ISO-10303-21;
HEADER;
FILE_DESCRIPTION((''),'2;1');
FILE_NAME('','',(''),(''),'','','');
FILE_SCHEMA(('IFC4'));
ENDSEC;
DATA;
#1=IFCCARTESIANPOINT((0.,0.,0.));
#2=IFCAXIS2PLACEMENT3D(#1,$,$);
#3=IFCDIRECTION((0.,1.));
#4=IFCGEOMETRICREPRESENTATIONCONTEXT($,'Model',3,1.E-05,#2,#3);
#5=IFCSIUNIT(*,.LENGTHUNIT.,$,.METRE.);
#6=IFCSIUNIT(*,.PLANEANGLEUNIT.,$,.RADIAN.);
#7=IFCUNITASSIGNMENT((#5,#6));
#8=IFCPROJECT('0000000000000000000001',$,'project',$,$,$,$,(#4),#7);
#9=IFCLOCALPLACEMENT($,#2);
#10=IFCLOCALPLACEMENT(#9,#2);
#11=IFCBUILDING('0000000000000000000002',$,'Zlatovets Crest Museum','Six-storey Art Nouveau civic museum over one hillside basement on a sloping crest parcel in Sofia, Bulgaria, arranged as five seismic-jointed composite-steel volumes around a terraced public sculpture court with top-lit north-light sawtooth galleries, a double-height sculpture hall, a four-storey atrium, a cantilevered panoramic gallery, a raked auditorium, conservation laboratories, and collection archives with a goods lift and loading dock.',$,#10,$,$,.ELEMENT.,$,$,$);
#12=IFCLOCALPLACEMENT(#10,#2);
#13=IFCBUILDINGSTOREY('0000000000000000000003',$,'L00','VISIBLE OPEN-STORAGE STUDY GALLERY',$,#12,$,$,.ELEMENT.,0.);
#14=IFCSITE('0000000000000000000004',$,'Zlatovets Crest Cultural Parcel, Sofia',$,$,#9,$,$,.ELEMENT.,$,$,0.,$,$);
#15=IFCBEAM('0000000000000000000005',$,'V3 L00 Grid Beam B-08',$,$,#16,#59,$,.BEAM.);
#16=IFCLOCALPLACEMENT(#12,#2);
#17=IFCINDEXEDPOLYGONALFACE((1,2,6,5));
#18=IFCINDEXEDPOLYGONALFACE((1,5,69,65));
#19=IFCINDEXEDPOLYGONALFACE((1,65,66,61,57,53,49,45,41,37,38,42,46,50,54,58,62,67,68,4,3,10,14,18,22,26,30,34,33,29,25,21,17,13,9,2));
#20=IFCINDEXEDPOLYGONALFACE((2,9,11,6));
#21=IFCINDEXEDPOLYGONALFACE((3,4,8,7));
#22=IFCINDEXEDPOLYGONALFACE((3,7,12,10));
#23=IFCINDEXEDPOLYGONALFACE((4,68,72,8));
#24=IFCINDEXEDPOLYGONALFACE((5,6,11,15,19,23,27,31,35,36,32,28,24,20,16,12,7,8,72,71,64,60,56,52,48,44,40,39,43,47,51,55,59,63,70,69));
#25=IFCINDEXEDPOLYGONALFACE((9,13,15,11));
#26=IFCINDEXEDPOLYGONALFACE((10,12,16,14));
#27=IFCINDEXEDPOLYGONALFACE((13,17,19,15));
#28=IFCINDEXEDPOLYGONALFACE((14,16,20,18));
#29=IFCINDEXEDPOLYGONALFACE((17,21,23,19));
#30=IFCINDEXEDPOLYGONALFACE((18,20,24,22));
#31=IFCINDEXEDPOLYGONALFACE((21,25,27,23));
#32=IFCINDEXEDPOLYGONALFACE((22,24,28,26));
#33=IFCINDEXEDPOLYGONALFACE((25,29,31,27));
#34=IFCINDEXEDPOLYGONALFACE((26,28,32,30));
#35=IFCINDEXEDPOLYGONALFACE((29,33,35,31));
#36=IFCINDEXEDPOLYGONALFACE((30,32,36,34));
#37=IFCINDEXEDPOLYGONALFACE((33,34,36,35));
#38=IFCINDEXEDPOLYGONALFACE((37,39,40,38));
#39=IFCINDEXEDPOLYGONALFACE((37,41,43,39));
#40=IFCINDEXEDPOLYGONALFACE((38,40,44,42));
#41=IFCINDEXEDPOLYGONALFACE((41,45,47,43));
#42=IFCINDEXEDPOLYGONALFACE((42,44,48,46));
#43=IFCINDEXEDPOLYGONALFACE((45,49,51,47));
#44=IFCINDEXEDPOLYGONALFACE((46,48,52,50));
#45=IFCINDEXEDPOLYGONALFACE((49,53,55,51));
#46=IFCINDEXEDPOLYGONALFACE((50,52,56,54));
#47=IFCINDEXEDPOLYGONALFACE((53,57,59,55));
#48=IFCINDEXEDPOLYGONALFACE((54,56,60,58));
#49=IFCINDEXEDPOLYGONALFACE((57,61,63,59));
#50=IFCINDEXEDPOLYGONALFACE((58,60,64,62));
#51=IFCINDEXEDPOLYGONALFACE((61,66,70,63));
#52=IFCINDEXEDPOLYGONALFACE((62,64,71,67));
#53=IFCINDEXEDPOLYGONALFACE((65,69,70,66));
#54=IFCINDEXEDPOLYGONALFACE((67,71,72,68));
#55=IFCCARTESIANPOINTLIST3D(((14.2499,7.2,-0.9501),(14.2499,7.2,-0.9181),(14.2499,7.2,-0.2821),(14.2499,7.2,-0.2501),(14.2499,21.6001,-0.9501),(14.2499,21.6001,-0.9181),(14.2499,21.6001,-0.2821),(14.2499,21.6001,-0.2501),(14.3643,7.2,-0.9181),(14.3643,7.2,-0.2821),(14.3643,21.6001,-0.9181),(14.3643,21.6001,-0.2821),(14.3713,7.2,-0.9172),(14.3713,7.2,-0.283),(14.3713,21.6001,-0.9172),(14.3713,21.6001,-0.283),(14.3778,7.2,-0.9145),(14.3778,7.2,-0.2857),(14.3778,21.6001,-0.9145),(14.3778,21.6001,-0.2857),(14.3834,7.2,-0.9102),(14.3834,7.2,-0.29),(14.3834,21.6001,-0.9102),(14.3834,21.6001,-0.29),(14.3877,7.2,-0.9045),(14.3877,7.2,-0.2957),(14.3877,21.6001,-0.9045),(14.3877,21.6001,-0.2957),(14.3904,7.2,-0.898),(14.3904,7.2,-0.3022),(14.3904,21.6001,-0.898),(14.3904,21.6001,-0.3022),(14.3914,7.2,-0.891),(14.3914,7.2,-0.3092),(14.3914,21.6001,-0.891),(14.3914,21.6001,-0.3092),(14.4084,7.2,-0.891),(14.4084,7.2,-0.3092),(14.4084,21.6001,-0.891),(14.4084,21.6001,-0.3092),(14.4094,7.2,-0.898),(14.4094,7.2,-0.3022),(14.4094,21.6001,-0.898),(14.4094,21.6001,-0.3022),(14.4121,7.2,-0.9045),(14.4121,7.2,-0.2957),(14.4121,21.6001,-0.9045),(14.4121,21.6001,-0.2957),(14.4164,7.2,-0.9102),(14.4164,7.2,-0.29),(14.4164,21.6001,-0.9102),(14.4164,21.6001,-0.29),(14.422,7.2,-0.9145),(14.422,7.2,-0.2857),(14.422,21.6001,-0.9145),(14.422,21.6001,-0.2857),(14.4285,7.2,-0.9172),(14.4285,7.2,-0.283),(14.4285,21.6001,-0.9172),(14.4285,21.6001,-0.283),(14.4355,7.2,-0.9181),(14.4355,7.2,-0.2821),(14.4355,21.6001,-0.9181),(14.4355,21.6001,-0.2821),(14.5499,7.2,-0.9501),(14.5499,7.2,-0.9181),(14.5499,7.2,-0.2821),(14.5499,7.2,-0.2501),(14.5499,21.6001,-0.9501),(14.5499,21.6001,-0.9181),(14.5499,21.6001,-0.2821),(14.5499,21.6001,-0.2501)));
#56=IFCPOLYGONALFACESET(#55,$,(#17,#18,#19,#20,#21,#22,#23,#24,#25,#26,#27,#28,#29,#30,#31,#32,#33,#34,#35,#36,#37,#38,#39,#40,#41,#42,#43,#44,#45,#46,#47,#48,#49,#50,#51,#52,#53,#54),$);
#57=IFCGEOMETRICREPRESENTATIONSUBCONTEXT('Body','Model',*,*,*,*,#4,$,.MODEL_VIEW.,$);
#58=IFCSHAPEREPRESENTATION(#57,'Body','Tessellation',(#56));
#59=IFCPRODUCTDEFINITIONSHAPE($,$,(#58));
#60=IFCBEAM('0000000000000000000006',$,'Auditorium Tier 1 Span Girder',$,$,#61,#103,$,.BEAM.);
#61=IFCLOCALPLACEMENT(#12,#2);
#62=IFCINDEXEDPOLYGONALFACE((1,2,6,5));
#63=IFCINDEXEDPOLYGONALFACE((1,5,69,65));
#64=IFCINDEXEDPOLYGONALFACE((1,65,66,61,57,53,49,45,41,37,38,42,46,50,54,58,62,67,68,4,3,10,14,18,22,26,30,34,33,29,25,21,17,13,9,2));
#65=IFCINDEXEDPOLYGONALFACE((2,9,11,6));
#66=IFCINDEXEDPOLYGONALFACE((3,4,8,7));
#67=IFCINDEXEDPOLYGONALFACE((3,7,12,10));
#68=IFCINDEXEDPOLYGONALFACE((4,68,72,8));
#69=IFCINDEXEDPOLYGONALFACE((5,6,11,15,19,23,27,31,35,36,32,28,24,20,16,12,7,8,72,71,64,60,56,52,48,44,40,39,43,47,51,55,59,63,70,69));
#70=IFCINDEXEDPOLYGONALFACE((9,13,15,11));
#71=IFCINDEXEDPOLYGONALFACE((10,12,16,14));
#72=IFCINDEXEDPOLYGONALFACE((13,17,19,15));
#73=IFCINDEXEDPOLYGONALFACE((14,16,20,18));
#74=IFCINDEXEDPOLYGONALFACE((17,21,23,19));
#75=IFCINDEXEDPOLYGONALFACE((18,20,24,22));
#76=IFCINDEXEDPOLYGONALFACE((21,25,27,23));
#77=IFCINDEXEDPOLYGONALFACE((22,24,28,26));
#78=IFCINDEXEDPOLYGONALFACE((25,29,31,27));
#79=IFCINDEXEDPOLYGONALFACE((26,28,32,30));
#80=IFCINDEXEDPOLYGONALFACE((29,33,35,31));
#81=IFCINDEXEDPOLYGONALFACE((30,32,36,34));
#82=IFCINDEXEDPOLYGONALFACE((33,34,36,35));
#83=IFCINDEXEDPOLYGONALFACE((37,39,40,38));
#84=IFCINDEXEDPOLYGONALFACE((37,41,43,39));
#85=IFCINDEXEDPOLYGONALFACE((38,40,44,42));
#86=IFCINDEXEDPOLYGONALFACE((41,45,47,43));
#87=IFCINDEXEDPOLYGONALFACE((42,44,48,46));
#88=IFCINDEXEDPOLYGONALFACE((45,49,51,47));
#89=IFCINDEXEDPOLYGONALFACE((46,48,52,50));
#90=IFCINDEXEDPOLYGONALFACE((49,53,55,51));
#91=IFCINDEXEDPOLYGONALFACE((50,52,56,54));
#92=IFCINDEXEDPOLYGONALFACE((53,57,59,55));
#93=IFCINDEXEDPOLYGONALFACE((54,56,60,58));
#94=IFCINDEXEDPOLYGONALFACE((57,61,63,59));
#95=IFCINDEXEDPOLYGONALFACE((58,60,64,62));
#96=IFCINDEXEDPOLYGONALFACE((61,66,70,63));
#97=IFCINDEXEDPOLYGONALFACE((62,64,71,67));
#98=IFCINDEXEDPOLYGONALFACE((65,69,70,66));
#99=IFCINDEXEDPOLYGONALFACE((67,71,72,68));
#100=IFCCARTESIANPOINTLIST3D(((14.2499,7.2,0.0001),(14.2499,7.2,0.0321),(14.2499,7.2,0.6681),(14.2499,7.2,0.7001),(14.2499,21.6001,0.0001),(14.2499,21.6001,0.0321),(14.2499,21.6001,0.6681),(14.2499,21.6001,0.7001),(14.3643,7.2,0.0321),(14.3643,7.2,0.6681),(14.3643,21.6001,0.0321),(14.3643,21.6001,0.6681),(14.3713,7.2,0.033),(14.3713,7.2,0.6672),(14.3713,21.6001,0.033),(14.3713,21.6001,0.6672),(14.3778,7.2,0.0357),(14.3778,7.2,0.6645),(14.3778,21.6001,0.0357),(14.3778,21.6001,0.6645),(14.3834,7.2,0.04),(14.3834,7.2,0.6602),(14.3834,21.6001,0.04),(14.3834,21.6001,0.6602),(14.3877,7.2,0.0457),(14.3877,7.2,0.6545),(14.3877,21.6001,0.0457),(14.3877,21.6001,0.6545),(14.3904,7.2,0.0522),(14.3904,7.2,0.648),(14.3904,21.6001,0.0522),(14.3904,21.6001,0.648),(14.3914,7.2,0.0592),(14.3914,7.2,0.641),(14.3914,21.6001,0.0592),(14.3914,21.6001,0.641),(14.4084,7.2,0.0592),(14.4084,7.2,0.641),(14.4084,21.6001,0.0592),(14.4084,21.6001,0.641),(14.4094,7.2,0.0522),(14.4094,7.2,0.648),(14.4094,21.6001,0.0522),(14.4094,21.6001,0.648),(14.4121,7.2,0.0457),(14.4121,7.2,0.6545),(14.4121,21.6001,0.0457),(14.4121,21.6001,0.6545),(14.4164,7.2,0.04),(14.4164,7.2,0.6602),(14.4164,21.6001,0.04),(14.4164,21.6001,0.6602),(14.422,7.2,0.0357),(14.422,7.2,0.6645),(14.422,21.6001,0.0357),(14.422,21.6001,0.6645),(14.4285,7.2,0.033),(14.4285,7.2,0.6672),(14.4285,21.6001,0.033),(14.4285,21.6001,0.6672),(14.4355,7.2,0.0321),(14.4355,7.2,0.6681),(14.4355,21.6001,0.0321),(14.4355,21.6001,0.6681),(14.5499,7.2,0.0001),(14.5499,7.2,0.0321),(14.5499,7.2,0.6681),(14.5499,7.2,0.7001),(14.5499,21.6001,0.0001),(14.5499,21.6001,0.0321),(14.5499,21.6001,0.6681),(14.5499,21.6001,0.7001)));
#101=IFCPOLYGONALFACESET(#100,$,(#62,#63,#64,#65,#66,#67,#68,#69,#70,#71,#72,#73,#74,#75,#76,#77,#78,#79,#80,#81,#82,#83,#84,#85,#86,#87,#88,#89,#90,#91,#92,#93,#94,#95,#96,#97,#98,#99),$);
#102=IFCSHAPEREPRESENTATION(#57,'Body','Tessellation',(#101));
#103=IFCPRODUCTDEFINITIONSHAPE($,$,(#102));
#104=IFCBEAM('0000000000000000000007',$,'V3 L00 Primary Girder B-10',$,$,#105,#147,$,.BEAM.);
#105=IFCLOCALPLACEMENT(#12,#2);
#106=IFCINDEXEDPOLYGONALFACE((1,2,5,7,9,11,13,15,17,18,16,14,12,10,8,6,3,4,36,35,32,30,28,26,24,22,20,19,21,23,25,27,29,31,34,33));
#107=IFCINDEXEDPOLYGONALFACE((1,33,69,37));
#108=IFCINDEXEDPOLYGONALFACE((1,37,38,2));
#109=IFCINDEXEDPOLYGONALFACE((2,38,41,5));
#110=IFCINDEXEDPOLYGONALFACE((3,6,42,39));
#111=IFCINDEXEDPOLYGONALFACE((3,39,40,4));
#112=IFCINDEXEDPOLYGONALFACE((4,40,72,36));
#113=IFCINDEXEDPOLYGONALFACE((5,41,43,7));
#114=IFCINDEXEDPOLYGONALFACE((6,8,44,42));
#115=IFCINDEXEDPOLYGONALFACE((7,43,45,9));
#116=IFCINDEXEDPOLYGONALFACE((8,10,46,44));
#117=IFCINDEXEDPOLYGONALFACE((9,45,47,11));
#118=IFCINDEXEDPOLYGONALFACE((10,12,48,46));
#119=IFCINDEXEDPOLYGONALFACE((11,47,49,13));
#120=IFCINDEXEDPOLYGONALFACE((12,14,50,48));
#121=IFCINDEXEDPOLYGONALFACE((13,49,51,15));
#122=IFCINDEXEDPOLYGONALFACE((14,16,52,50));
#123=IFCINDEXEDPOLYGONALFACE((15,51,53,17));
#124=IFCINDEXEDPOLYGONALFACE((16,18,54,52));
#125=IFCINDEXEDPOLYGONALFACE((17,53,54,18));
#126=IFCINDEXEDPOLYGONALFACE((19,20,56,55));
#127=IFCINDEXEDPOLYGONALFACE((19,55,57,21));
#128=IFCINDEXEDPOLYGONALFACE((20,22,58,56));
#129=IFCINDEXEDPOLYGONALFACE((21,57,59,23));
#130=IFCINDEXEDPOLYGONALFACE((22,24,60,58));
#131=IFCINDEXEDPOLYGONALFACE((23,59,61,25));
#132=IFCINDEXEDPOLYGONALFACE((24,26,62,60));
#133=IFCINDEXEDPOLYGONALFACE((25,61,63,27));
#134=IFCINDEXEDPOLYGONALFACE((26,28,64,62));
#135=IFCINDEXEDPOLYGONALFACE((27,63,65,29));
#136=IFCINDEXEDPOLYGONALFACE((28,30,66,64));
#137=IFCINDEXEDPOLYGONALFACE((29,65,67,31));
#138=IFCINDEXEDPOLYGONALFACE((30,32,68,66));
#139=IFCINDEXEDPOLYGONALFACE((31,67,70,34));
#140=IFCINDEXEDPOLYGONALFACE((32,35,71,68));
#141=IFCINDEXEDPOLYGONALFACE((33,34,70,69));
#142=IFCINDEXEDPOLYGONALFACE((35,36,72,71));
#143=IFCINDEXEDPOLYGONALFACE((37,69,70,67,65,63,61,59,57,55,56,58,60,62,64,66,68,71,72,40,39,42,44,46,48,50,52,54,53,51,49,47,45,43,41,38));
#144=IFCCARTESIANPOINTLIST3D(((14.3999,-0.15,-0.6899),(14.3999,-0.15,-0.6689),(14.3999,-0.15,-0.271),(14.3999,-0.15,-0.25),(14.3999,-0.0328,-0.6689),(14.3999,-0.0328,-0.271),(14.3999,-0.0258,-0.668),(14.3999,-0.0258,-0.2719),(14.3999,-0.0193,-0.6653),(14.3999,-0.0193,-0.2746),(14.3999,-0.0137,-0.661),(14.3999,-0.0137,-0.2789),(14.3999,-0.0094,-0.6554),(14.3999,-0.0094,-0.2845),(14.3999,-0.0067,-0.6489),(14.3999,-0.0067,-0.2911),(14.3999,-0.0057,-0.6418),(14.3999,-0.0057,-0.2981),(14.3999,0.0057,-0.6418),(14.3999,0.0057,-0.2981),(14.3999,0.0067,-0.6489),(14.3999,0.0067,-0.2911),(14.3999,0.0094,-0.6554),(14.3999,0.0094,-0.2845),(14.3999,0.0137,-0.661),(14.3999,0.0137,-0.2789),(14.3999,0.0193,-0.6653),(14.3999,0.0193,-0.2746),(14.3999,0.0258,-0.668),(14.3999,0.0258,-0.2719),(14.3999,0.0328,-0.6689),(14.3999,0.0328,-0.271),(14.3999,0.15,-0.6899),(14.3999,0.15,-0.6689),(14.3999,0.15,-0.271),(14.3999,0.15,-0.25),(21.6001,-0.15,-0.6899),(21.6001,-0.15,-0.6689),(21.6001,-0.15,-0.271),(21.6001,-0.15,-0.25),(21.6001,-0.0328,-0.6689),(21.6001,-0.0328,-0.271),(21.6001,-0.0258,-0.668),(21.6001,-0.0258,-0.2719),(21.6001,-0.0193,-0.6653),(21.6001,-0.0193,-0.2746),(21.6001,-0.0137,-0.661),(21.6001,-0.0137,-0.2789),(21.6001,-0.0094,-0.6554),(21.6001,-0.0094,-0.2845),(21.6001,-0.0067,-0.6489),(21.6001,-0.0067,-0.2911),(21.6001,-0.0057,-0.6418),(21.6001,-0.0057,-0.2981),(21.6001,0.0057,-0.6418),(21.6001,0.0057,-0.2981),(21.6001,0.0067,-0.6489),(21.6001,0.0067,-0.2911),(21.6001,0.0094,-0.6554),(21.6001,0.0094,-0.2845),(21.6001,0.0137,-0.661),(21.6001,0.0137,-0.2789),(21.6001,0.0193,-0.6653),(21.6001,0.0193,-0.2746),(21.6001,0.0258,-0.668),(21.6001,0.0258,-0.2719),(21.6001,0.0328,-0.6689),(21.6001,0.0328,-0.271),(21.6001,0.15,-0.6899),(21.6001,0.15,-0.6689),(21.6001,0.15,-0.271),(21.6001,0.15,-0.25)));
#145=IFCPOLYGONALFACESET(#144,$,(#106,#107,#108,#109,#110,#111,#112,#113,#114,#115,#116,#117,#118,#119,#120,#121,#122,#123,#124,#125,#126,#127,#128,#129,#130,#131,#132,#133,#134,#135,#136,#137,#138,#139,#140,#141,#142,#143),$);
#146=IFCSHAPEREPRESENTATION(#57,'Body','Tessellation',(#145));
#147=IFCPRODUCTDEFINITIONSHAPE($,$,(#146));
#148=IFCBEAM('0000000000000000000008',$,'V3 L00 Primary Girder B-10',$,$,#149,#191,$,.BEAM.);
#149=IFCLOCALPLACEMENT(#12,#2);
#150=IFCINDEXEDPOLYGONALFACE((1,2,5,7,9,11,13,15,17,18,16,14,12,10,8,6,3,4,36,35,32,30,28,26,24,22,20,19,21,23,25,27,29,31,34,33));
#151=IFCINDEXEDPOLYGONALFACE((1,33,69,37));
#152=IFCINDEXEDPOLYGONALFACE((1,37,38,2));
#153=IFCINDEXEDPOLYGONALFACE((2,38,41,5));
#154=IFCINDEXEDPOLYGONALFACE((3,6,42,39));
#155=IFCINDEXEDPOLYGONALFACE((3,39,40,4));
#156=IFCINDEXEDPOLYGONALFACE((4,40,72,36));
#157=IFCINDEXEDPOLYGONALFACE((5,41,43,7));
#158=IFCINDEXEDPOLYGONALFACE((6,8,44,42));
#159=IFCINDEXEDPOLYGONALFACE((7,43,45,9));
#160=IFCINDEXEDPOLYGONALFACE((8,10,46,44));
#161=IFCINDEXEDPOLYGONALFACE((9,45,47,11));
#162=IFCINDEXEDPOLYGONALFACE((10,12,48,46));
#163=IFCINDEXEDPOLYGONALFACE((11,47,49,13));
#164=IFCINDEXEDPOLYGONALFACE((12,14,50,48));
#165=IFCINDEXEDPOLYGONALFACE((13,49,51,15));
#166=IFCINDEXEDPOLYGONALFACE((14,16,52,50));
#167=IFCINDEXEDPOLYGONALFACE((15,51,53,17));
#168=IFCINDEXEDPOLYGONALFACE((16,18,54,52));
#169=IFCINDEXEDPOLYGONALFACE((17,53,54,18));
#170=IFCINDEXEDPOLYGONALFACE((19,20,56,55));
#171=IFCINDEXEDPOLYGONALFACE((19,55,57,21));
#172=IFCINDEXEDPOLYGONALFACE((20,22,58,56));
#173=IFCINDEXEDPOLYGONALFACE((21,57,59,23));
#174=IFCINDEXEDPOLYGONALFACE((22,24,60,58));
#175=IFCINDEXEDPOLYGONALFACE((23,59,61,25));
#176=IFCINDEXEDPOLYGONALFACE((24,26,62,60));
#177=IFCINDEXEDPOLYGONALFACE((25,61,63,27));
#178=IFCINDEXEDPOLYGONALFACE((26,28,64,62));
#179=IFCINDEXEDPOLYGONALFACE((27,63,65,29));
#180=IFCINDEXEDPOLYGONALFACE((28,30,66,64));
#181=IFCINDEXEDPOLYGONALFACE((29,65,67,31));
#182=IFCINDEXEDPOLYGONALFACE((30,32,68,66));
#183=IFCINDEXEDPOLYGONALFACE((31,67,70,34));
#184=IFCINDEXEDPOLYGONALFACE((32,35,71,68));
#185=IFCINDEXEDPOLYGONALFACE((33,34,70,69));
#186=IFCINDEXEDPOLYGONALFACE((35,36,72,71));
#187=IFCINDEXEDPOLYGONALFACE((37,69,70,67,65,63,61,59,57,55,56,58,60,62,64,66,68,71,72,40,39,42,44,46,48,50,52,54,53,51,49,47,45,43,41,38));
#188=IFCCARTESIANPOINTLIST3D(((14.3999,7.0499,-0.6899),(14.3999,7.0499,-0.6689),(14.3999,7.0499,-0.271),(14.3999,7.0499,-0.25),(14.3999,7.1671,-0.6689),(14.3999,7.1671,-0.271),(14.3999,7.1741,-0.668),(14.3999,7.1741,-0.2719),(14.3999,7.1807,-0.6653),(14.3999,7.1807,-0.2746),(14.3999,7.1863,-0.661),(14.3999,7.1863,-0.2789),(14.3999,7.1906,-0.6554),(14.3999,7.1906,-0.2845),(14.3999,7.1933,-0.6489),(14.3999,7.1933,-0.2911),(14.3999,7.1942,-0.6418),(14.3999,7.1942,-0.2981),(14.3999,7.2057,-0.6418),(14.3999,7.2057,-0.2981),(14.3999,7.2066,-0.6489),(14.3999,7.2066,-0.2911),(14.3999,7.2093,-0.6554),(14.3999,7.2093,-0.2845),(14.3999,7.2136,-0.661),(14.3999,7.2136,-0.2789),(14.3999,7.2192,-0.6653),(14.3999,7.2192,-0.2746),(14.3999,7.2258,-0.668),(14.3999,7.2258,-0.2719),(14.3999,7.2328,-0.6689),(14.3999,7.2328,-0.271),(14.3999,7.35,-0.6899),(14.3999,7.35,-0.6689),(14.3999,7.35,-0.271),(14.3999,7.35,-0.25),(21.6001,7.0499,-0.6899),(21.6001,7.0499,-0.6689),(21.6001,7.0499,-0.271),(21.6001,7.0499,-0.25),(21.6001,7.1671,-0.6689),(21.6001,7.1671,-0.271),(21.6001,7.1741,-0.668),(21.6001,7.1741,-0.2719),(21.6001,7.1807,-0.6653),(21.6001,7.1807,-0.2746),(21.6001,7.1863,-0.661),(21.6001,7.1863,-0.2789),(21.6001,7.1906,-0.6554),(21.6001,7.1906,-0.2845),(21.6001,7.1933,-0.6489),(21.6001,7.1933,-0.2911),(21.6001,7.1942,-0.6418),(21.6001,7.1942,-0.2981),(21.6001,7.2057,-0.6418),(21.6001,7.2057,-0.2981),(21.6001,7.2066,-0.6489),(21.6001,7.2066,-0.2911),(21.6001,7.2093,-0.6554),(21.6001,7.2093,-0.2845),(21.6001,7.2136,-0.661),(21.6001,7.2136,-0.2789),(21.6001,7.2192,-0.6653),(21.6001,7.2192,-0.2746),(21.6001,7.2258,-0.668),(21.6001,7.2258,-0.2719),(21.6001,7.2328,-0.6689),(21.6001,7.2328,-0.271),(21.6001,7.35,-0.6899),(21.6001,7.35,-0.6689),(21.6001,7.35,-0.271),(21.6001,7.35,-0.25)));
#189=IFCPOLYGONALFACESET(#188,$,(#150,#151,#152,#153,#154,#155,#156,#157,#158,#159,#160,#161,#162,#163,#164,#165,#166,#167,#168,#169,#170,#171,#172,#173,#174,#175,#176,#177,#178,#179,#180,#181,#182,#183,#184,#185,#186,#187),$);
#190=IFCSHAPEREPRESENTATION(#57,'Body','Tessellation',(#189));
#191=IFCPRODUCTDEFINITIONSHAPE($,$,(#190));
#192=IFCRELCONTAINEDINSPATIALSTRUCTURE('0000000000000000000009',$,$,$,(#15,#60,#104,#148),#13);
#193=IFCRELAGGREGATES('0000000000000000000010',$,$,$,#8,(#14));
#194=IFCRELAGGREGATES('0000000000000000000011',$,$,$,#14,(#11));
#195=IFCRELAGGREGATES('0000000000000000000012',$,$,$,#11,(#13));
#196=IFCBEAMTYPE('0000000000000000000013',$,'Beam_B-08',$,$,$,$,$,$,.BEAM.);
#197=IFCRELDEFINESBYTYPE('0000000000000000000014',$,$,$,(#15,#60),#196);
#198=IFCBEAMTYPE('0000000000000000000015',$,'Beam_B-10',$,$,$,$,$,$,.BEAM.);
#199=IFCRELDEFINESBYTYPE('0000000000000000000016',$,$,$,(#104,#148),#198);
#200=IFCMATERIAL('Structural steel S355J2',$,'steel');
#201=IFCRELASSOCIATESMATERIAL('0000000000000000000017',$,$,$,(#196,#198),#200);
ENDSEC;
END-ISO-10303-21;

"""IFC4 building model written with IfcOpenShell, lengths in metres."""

from ifc_helpers import new_model, si_unit, direction, frame, origin, origin_2d, place, context, subcontext, project, spatial, i_section, extrude, material, material_profile, profile_set, type_object, element, save


model = new_model("IFC4")

# Units and contexts
model_context = context("Model", 3, precision=1e-05, world=origin(), true_north=direction((0.0, 1.0)))
body_context = subcontext(model_context, "Body", "Model", "MODEL_VIEW")
ifc_project = project(units=[si_unit("LENGTHUNIT", "METRE"), si_unit("PLANEANGLEUNIT", "RADIAN")], contexts=[model_context])

# Site, building, storey
site_placement = place(None, origin())
site = spatial("IfcSite", under=ifc_project, at=site_placement, Name="Zlatovets Crest Cultural Parcel, Sofia", CompositionType="ELEMENT", RefElevation=0.0)
building_placement = place(site_placement, origin())
building = spatial("IfcBuilding", under=site, at=building_placement, Name="Zlatovets Crest Museum", Description="Six-storey Art Nouveau civic museum over one hillside basement on a sloping crest parcel in Sofia, Bulgaria, arranged as five seismic-jointed composite-steel volumes around a terraced public sculpture court with top-lit north-light sawtooth galleries, a double-height sculpture hall, a four-storey atrium, a cantilevered panoramic gallery, a raked auditorium, conservation laboratories, and collection archives with a goods lift and loading dock.", CompositionType="ELEMENT")
storey_placement = place(building_placement, origin())
storey = spatial("IfcBuildingStorey", under=building, at=storey_placement, Name="L00", Description="VISIBLE OPEN-STORAGE STUDY GALLERY", CompositionType="ELEMENT", Elevation=0.0)

# Shared definitions
ifc_material_1 = material(Name="Structural steel S355J2", Category="steel")

# Beams
ifc_material_profile_1 = material_profile(ifc_material_1, i_section(OverallWidth=0.3, OverallDepth=0.7, WebThickness=0.0171, FlangeThickness=0.032, FilletRadius=0.0271, at=origin_2d()), Name="HEB 700")
ifc_profile_set_1 = profile_set([ifc_material_profile_1], Name="Structural steel S355J2")
beam_type_1 = type_object("IfcBeamType", Name="Beam_B-08", PredefinedType="BEAM", material=ifc_profile_set_1)
for number, where, z_axis, x_axis, name in (
    (1, (14.3999, 7.2, -0.6001), (0.0, 1.0, 0.0), (-1.0, 0.0, 0.0), "V3 L00 Grid Beam B-08"),
    (2, (14.3999, 7.2, 0.3501), (0.0, 1.0, 0.0), (-1.0, 0.0, 0.0), "Auditorium Tier 1 Span Girder"),
):
    element("IfcBeam", number, at=place(storey_placement, frame(where, z_axis=z_axis, x_axis=x_axis)), inside=storey, type_object=beam_type_1, Name=name, PredefinedType="BEAM", context=body_context, shape_type="SweptSolid", body=[
        extrude(i_section(OverallWidth=0.3, OverallDepth=0.7, WebThickness=0.0171, FlangeThickness=0.032, FilletRadius=0.0271, at=origin_2d()), origin(), (0.0, 0.0, 1.0), 14.4001),
    ])
ifc_material_profile_2 = material_profile(ifc_material_1, i_section(OverallWidth=0.3, OverallDepth=0.4399, WebThickness=0.0115, FlangeThickness=0.021, FilletRadius=0.0271, at=origin_2d()), Name="HEA 450")
ifc_profile_set_2 = profile_set([ifc_material_profile_2], Name="Structural steel S355J2")
beam_type_2 = type_object("IfcBeamType", Name="Beam_B-10", PredefinedType="BEAM", material=ifc_profile_set_2)
for number, where, z_axis, x_axis, name in (
    (3, (14.3999, 0.0, -0.47), (1.0, 0.0, 0.0), (0.0, 1.0, 0.0), "V3 L00 Primary Girder B-10"),
    (4, (14.3999, 7.2, -0.47), (1.0, 0.0, 0.0), (0.0, 1.0, 0.0), "V3 L00 Primary Girder B-10"),
):
    element("IfcBeam", number, at=place(storey_placement, frame(where, z_axis=z_axis, x_axis=x_axis)), inside=storey, type_object=beam_type_2, Name=name, PredefinedType="BEAM", context=body_context, shape_type="SweptSolid", body=[
        extrude(i_section(OverallWidth=0.3, OverallDepth=0.4399, WebThickness=0.0115, FlangeThickness=0.021, FilletRadius=0.0271, at=origin_2d()), origin(), (0.0, 0.0, 1.0), 7.2002),
    ])

save(model, "model.ifc")
